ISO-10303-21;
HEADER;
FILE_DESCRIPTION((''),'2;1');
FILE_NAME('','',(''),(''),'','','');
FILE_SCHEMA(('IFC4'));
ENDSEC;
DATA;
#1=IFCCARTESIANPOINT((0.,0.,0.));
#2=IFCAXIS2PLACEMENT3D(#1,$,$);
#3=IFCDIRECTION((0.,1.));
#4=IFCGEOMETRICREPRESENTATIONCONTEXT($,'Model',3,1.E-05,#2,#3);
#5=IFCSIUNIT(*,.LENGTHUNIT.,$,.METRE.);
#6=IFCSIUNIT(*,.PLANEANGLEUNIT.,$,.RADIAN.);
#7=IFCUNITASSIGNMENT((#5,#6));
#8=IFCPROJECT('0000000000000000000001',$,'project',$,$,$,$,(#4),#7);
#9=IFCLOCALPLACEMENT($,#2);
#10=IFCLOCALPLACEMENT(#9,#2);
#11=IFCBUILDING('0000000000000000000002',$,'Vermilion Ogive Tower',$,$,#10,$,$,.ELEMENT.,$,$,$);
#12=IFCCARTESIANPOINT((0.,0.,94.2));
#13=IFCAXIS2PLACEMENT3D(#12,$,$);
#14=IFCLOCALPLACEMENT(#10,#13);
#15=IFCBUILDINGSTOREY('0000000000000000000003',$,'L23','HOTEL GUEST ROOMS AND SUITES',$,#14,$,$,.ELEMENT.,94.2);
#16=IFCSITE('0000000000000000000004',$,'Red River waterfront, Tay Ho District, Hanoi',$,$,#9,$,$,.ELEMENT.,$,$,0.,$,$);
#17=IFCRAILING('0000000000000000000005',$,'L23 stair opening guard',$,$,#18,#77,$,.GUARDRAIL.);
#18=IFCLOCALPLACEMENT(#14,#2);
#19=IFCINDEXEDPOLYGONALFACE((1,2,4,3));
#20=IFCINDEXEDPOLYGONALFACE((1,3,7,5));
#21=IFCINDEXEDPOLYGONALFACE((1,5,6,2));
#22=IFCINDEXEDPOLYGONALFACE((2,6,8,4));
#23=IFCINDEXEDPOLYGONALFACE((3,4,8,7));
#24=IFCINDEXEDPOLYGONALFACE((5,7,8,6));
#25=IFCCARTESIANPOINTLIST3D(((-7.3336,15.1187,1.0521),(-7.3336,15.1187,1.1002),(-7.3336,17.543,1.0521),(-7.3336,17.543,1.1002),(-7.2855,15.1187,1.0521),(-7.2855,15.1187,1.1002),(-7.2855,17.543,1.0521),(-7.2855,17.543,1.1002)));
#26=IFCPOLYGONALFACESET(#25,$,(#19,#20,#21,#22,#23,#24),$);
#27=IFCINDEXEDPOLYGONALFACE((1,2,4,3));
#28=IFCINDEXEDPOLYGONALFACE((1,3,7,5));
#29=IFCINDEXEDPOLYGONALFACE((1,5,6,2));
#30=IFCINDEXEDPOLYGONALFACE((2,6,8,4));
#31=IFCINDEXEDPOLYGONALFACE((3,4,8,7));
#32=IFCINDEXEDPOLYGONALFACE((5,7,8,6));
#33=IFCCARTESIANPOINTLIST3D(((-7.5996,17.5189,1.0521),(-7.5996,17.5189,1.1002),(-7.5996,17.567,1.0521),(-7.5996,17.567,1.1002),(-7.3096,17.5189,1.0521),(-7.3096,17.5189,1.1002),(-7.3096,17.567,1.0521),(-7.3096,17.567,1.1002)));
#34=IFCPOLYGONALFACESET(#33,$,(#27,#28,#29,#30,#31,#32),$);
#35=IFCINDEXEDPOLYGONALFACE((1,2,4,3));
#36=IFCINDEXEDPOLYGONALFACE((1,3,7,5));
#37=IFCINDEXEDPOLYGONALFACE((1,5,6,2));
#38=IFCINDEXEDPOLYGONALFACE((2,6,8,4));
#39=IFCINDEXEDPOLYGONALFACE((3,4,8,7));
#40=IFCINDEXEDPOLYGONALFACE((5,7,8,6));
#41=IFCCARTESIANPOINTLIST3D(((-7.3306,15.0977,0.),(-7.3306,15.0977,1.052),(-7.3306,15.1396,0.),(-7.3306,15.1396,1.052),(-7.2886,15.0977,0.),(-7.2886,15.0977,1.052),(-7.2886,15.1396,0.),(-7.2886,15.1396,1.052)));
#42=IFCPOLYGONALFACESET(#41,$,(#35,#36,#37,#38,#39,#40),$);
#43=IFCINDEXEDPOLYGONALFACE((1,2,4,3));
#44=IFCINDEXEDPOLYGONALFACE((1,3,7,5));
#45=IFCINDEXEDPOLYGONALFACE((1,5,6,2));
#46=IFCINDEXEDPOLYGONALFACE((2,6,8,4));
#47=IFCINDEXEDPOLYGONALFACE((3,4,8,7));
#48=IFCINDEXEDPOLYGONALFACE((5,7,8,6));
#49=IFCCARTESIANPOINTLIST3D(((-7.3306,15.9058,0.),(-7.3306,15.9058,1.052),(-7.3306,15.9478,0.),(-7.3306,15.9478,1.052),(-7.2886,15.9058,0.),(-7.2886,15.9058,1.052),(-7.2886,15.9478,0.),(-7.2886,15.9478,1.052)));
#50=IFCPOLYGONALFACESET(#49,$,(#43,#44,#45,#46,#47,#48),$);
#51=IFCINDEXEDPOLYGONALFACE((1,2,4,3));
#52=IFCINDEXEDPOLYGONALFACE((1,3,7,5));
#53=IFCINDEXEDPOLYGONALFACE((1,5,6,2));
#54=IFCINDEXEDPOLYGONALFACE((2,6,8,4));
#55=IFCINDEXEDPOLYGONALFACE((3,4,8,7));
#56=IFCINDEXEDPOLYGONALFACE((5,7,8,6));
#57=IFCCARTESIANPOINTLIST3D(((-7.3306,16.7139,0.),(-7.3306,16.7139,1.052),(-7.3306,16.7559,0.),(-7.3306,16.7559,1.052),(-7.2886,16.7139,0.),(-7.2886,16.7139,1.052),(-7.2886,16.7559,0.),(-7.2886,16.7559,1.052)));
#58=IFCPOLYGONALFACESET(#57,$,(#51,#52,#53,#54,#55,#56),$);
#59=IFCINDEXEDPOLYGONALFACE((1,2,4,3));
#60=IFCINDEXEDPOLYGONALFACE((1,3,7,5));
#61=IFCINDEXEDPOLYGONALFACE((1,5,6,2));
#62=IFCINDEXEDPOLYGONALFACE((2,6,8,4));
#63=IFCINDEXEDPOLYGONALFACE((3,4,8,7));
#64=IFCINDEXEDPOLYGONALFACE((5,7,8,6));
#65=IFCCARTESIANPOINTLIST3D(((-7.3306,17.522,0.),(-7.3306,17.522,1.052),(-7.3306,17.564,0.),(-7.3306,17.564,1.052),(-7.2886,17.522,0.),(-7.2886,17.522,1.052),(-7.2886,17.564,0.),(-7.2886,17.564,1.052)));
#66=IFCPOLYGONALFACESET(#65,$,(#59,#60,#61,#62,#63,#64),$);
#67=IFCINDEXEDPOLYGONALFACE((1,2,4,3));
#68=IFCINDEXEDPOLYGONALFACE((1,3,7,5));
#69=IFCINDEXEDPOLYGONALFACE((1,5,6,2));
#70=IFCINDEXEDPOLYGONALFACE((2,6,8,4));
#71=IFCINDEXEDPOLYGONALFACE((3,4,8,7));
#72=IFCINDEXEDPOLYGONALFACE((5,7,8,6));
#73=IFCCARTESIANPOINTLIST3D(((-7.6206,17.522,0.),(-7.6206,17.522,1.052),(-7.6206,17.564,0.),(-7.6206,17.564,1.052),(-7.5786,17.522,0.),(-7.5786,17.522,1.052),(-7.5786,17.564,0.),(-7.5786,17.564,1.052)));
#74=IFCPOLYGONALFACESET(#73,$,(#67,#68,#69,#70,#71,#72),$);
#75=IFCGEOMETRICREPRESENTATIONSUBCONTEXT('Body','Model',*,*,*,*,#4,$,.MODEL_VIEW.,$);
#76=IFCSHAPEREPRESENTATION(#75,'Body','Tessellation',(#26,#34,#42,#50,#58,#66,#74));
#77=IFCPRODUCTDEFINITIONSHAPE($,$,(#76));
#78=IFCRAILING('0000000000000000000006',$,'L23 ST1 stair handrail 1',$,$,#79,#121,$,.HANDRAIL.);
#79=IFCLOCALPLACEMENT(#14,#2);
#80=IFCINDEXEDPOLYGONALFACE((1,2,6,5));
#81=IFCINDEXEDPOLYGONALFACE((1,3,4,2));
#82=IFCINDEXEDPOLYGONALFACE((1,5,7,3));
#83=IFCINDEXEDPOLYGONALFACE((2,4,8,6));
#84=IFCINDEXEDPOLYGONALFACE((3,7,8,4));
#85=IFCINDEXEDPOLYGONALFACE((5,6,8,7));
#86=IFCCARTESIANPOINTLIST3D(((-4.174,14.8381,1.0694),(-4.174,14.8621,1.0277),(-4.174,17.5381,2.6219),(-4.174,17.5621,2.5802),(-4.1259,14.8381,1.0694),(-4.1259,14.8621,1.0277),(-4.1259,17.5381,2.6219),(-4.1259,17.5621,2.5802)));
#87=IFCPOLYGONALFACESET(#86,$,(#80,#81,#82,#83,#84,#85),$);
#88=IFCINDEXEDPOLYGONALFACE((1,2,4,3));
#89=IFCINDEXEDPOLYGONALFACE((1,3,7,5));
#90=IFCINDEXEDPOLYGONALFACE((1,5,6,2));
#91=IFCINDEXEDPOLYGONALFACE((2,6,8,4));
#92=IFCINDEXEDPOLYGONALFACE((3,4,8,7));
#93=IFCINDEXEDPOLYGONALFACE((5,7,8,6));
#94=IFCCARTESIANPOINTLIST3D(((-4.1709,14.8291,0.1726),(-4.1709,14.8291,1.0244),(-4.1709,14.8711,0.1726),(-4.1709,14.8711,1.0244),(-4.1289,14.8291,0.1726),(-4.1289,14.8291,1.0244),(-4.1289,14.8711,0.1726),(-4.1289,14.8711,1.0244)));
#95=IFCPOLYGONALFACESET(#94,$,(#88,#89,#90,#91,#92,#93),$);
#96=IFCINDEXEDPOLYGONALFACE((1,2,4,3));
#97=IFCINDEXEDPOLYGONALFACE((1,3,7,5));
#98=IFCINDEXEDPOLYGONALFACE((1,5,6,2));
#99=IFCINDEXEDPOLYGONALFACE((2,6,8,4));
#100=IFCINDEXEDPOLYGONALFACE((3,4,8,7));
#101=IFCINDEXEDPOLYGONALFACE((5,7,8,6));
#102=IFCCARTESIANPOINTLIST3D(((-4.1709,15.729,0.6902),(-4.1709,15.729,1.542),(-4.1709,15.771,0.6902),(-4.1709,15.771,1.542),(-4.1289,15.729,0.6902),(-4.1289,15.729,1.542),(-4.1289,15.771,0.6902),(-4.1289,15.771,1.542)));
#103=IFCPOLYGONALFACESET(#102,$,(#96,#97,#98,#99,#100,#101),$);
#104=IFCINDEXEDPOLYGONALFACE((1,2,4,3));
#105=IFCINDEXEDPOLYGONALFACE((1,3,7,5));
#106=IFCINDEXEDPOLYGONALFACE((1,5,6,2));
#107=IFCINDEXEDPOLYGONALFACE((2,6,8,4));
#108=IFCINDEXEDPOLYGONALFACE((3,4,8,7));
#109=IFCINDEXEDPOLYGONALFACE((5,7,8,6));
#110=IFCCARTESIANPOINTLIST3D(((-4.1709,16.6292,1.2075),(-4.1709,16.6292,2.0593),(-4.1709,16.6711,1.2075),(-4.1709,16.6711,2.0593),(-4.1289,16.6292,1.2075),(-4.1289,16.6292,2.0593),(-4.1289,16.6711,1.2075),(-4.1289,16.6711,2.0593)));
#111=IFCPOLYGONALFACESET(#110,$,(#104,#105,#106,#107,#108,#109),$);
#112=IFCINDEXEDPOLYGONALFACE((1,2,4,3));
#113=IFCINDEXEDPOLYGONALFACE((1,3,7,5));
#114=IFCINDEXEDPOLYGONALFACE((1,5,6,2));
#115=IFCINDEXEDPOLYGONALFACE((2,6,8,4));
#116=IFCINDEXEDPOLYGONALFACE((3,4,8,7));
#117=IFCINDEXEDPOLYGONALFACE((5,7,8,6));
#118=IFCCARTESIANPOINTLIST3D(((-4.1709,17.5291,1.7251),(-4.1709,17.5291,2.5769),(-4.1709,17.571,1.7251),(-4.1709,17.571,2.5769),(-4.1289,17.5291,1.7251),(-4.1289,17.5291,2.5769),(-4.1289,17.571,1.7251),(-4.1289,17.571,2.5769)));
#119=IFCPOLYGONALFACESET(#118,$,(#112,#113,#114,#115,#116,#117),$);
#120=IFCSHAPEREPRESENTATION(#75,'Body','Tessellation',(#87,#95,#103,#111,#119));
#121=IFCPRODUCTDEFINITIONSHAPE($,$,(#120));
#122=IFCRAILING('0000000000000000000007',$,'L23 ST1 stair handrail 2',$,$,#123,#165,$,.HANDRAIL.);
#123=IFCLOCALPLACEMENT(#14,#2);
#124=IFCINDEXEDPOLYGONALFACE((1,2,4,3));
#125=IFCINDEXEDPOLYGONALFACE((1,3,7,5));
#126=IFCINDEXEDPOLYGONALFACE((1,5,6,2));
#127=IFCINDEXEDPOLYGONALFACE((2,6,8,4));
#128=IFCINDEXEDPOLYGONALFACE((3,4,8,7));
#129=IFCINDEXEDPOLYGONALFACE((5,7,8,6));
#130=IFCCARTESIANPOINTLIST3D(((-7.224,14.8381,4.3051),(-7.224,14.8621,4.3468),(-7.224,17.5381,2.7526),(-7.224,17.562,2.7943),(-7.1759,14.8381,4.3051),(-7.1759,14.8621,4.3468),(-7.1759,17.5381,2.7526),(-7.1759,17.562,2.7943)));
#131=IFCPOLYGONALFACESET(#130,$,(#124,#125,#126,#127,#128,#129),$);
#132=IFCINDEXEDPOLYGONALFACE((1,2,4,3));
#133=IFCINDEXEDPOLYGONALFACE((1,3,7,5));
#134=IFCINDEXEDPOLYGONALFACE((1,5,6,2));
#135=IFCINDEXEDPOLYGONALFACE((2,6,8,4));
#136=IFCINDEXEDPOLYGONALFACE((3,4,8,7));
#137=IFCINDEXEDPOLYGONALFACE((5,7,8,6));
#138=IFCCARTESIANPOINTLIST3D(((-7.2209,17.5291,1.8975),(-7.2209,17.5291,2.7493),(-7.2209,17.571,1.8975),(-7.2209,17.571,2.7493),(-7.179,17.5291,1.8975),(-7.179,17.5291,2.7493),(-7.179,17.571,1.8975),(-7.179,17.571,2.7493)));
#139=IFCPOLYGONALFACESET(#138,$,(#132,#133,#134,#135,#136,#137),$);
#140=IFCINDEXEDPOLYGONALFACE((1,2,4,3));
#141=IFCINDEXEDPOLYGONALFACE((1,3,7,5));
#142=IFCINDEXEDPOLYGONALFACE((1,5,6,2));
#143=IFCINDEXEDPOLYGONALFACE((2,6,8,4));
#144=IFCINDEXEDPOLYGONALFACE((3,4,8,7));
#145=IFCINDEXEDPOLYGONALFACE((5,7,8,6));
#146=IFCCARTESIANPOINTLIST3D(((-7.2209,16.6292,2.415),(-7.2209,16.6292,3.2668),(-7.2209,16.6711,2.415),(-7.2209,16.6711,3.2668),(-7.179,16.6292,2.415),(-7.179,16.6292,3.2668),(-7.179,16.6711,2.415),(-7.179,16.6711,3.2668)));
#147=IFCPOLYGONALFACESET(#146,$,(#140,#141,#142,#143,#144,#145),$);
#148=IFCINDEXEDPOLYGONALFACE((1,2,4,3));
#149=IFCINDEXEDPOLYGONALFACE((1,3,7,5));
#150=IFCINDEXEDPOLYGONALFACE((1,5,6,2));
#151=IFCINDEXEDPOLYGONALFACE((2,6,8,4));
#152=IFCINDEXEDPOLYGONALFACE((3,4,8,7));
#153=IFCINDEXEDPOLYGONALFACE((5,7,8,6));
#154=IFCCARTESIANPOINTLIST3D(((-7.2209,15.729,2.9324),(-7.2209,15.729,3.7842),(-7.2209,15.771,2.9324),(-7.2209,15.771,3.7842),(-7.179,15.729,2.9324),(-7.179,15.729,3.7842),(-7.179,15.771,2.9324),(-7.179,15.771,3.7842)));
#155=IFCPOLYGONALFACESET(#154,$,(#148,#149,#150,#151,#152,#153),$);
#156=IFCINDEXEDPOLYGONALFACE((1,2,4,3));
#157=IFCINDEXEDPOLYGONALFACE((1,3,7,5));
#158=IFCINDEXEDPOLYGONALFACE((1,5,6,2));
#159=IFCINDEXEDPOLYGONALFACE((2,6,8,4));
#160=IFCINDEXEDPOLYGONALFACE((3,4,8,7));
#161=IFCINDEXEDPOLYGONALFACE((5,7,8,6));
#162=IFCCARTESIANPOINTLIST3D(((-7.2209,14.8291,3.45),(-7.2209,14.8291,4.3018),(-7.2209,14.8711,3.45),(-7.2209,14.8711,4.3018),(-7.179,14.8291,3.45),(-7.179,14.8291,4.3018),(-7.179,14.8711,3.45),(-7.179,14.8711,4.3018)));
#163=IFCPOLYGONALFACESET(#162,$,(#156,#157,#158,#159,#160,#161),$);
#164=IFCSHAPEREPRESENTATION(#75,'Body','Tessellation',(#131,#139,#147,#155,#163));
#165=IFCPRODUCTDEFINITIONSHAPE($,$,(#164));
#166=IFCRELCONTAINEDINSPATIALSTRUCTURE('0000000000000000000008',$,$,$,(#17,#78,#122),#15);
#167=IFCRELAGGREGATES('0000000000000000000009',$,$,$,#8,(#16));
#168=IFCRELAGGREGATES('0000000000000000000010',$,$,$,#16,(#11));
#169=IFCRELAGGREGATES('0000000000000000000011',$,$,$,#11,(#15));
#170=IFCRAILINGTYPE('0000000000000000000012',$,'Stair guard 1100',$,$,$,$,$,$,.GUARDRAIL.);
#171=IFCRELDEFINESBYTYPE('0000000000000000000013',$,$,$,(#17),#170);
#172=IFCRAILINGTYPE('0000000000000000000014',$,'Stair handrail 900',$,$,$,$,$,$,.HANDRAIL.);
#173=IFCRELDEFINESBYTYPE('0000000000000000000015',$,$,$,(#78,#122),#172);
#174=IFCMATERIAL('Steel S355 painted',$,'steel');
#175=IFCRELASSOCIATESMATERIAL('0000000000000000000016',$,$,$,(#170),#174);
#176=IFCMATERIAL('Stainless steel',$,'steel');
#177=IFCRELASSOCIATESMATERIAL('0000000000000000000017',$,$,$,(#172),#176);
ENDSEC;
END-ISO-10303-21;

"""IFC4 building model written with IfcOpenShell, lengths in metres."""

from ifc_helpers import new_model, si_unit, direction, frame, origin, origin_2d, place, context, subcontext, project, spatial, rectangle, extrude, material, type_object, element, save


model = new_model("IFC4")

# Units and contexts
model_context = context("Model", 3, precision=1e-05, world=origin(), true_north=direction((0.0, 1.0)))
body_context = subcontext(model_context, "Body", "Model", "MODEL_VIEW")
ifc_project = project(units=[si_unit("LENGTHUNIT", "METRE"), si_unit("PLANEANGLEUNIT", "RADIAN")], contexts=[model_context])

# Site, building, storey
site_placement = place(None, origin())
site = spatial("IfcSite", under=ifc_project, at=site_placement, Name="Red River waterfront, Tay Ho District, Hanoi", CompositionType="ELEMENT", RefElevation=0.0)
building_placement = place(site_placement, origin())
building = spatial("IfcBuilding", under=site, at=building_placement, Name="Vermilion Ogive Tower", CompositionType="ELEMENT")
storey_placement = place(building_placement, frame((0.0, 0.0, 94.2)))
storey = spatial("IfcBuildingStorey", under=building, at=storey_placement, Name="L23", Description="HOTEL GUEST ROOMS AND SUITES", CompositionType="ELEMENT", Elevation=94.2)

# Railings
ifc_material_1 = material(Name="Steel S355 painted", Category="steel")
railing_type_1 = type_object("IfcRailingType", Name="Stair guard 1100", PredefinedType="GUARDRAIL", material=ifc_material_1)
railing_1_placement = place(storey_placement, frame((-7.3096, 15.1187, 0.0)))
element("IfcRailing", 1, at=railing_1_placement, inside=storey, type_object=railing_type_1, Name="L23 stair opening guard", PredefinedType="GUARDRAIL", context=body_context, shape_type="SweptSolid", body=[
    extrude(rectangle(XDim=0.0481, YDim=0.0481, at=origin_2d()), frame((0.0, 0.0, 1.0762), z_axis=(0.0, 1.0, 0.0), x_axis=(-1.0, 0.0, 0.0)), (0.0, 0.0, 1.0), 2.4243),
    extrude(rectangle(XDim=0.0481, YDim=0.0481, at=origin_2d()), frame((0.0, 2.4243, 1.0762), z_axis=(-1.0, 0.0, 0.0), x_axis=(0.0, -1.0, 0.0)), (0.0, 0.0, 1.0), 0.29),
    extrude(rectangle(XDim=0.042, YDim=0.042, at=origin_2d()), origin(), (0.0, 0.0, 1.0), 1.052),
    extrude(rectangle(XDim=0.042, YDim=0.042, at=origin_2d()), frame((0.0, 0.8081, 0.0)), (0.0, 0.0, 1.0), 1.052),
    extrude(rectangle(XDim=0.042, YDim=0.042, at=origin_2d()), frame((0.0, 1.6162, 0.0)), (0.0, 0.0, 1.0), 1.052),
    extrude(rectangle(XDim=0.042, YDim=0.042, at=origin_2d()), frame((0.0, 2.4243, 0.0)), (0.0, 0.0, 1.0), 1.052),
    extrude(rectangle(XDim=0.042, YDim=0.042, at=origin_2d()), frame((-0.29, 2.4243, 0.0)), (0.0, 0.0, 1.0), 1.052),
])
ifc_material_2 = material(Name="Stainless steel", Category="steel")
railing_type_2 = type_object("IfcRailingType", Name="Stair handrail 900", PredefinedType="HANDRAIL", material=ifc_material_2)
railing_2_placement = place(storey_placement, frame((-4.1499, 14.8501, 0.1726)))
element("IfcRailing", 2, at=railing_2_placement, inside=storey, type_object=railing_type_2, Name="L23 ST1 stair handrail 1", PredefinedType="HANDRAIL", context=body_context, shape_type="SweptSolid", body=[
    extrude(rectangle(XDim=0.0481, YDim=0.0481, at=origin_2d()), frame((0.0, 0.0, 0.876), z_axis=(0.0, 0.866904, 0.498476), x_axis=(-1.0, 0.0, 0.0)), (0.0, 0.0, 1.0), 3.1145),
    extrude(rectangle(XDim=0.042, YDim=0.042, at=origin_2d()), origin(), (0.0, 0.0, 1.0), 0.8518),
    extrude(rectangle(XDim=0.042, YDim=0.042, at=origin_2d()), frame((0.0, 0.8999, 0.5176)), (0.0, 0.0, 1.0), 0.8518),
    extrude(rectangle(XDim=0.042, YDim=0.042, at=origin_2d()), frame((0.0, 1.8, 1.0349)), (0.0, 0.0, 1.0), 0.8518),
    extrude(rectangle(XDim=0.042, YDim=0.042, at=origin_2d()), frame((0.0, 2.7, 1.5525)), (0.0, 0.0, 1.0), 0.8518),
])
railing_3_placement = place(storey_placement, frame((-7.2, 17.55, 1.8975)))
element("IfcRailing", 3, at=railing_3_placement, inside=storey, type_object=railing_type_2, Name="L23 ST1 stair handrail 2", PredefinedType="HANDRAIL", context=body_context, shape_type="SweptSolid", body=[
    extrude(rectangle(XDim=0.0481, YDim=0.0481, at=origin_2d()), frame((0.0, 0.0, 0.876), z_axis=(0.0, -0.866904, 0.498476), x_axis=(1.0, 0.0, 0.0)), (0.0, 0.0, 1.0), 3.1145),
    extrude(rectangle(XDim=0.042, YDim=0.042, at=origin_2d()), origin(), (0.0, 0.0, 1.0), 0.8518),
    extrude(rectangle(XDim=0.042, YDim=0.042, at=origin_2d()), frame((0.0, -0.8999, 0.5176)), (0.0, 0.0, 1.0), 0.8518),
    extrude(rectangle(XDim=0.042, YDim=0.042, at=origin_2d()), frame((0.0, -1.8, 1.0349)), (0.0, 0.0, 1.0), 0.8518),
    extrude(rectangle(XDim=0.042, YDim=0.042, at=origin_2d()), frame((0.0, -2.7, 1.5525)), (0.0, 0.0, 1.0), 0.8518),
])

save(model, "model.ifc")
